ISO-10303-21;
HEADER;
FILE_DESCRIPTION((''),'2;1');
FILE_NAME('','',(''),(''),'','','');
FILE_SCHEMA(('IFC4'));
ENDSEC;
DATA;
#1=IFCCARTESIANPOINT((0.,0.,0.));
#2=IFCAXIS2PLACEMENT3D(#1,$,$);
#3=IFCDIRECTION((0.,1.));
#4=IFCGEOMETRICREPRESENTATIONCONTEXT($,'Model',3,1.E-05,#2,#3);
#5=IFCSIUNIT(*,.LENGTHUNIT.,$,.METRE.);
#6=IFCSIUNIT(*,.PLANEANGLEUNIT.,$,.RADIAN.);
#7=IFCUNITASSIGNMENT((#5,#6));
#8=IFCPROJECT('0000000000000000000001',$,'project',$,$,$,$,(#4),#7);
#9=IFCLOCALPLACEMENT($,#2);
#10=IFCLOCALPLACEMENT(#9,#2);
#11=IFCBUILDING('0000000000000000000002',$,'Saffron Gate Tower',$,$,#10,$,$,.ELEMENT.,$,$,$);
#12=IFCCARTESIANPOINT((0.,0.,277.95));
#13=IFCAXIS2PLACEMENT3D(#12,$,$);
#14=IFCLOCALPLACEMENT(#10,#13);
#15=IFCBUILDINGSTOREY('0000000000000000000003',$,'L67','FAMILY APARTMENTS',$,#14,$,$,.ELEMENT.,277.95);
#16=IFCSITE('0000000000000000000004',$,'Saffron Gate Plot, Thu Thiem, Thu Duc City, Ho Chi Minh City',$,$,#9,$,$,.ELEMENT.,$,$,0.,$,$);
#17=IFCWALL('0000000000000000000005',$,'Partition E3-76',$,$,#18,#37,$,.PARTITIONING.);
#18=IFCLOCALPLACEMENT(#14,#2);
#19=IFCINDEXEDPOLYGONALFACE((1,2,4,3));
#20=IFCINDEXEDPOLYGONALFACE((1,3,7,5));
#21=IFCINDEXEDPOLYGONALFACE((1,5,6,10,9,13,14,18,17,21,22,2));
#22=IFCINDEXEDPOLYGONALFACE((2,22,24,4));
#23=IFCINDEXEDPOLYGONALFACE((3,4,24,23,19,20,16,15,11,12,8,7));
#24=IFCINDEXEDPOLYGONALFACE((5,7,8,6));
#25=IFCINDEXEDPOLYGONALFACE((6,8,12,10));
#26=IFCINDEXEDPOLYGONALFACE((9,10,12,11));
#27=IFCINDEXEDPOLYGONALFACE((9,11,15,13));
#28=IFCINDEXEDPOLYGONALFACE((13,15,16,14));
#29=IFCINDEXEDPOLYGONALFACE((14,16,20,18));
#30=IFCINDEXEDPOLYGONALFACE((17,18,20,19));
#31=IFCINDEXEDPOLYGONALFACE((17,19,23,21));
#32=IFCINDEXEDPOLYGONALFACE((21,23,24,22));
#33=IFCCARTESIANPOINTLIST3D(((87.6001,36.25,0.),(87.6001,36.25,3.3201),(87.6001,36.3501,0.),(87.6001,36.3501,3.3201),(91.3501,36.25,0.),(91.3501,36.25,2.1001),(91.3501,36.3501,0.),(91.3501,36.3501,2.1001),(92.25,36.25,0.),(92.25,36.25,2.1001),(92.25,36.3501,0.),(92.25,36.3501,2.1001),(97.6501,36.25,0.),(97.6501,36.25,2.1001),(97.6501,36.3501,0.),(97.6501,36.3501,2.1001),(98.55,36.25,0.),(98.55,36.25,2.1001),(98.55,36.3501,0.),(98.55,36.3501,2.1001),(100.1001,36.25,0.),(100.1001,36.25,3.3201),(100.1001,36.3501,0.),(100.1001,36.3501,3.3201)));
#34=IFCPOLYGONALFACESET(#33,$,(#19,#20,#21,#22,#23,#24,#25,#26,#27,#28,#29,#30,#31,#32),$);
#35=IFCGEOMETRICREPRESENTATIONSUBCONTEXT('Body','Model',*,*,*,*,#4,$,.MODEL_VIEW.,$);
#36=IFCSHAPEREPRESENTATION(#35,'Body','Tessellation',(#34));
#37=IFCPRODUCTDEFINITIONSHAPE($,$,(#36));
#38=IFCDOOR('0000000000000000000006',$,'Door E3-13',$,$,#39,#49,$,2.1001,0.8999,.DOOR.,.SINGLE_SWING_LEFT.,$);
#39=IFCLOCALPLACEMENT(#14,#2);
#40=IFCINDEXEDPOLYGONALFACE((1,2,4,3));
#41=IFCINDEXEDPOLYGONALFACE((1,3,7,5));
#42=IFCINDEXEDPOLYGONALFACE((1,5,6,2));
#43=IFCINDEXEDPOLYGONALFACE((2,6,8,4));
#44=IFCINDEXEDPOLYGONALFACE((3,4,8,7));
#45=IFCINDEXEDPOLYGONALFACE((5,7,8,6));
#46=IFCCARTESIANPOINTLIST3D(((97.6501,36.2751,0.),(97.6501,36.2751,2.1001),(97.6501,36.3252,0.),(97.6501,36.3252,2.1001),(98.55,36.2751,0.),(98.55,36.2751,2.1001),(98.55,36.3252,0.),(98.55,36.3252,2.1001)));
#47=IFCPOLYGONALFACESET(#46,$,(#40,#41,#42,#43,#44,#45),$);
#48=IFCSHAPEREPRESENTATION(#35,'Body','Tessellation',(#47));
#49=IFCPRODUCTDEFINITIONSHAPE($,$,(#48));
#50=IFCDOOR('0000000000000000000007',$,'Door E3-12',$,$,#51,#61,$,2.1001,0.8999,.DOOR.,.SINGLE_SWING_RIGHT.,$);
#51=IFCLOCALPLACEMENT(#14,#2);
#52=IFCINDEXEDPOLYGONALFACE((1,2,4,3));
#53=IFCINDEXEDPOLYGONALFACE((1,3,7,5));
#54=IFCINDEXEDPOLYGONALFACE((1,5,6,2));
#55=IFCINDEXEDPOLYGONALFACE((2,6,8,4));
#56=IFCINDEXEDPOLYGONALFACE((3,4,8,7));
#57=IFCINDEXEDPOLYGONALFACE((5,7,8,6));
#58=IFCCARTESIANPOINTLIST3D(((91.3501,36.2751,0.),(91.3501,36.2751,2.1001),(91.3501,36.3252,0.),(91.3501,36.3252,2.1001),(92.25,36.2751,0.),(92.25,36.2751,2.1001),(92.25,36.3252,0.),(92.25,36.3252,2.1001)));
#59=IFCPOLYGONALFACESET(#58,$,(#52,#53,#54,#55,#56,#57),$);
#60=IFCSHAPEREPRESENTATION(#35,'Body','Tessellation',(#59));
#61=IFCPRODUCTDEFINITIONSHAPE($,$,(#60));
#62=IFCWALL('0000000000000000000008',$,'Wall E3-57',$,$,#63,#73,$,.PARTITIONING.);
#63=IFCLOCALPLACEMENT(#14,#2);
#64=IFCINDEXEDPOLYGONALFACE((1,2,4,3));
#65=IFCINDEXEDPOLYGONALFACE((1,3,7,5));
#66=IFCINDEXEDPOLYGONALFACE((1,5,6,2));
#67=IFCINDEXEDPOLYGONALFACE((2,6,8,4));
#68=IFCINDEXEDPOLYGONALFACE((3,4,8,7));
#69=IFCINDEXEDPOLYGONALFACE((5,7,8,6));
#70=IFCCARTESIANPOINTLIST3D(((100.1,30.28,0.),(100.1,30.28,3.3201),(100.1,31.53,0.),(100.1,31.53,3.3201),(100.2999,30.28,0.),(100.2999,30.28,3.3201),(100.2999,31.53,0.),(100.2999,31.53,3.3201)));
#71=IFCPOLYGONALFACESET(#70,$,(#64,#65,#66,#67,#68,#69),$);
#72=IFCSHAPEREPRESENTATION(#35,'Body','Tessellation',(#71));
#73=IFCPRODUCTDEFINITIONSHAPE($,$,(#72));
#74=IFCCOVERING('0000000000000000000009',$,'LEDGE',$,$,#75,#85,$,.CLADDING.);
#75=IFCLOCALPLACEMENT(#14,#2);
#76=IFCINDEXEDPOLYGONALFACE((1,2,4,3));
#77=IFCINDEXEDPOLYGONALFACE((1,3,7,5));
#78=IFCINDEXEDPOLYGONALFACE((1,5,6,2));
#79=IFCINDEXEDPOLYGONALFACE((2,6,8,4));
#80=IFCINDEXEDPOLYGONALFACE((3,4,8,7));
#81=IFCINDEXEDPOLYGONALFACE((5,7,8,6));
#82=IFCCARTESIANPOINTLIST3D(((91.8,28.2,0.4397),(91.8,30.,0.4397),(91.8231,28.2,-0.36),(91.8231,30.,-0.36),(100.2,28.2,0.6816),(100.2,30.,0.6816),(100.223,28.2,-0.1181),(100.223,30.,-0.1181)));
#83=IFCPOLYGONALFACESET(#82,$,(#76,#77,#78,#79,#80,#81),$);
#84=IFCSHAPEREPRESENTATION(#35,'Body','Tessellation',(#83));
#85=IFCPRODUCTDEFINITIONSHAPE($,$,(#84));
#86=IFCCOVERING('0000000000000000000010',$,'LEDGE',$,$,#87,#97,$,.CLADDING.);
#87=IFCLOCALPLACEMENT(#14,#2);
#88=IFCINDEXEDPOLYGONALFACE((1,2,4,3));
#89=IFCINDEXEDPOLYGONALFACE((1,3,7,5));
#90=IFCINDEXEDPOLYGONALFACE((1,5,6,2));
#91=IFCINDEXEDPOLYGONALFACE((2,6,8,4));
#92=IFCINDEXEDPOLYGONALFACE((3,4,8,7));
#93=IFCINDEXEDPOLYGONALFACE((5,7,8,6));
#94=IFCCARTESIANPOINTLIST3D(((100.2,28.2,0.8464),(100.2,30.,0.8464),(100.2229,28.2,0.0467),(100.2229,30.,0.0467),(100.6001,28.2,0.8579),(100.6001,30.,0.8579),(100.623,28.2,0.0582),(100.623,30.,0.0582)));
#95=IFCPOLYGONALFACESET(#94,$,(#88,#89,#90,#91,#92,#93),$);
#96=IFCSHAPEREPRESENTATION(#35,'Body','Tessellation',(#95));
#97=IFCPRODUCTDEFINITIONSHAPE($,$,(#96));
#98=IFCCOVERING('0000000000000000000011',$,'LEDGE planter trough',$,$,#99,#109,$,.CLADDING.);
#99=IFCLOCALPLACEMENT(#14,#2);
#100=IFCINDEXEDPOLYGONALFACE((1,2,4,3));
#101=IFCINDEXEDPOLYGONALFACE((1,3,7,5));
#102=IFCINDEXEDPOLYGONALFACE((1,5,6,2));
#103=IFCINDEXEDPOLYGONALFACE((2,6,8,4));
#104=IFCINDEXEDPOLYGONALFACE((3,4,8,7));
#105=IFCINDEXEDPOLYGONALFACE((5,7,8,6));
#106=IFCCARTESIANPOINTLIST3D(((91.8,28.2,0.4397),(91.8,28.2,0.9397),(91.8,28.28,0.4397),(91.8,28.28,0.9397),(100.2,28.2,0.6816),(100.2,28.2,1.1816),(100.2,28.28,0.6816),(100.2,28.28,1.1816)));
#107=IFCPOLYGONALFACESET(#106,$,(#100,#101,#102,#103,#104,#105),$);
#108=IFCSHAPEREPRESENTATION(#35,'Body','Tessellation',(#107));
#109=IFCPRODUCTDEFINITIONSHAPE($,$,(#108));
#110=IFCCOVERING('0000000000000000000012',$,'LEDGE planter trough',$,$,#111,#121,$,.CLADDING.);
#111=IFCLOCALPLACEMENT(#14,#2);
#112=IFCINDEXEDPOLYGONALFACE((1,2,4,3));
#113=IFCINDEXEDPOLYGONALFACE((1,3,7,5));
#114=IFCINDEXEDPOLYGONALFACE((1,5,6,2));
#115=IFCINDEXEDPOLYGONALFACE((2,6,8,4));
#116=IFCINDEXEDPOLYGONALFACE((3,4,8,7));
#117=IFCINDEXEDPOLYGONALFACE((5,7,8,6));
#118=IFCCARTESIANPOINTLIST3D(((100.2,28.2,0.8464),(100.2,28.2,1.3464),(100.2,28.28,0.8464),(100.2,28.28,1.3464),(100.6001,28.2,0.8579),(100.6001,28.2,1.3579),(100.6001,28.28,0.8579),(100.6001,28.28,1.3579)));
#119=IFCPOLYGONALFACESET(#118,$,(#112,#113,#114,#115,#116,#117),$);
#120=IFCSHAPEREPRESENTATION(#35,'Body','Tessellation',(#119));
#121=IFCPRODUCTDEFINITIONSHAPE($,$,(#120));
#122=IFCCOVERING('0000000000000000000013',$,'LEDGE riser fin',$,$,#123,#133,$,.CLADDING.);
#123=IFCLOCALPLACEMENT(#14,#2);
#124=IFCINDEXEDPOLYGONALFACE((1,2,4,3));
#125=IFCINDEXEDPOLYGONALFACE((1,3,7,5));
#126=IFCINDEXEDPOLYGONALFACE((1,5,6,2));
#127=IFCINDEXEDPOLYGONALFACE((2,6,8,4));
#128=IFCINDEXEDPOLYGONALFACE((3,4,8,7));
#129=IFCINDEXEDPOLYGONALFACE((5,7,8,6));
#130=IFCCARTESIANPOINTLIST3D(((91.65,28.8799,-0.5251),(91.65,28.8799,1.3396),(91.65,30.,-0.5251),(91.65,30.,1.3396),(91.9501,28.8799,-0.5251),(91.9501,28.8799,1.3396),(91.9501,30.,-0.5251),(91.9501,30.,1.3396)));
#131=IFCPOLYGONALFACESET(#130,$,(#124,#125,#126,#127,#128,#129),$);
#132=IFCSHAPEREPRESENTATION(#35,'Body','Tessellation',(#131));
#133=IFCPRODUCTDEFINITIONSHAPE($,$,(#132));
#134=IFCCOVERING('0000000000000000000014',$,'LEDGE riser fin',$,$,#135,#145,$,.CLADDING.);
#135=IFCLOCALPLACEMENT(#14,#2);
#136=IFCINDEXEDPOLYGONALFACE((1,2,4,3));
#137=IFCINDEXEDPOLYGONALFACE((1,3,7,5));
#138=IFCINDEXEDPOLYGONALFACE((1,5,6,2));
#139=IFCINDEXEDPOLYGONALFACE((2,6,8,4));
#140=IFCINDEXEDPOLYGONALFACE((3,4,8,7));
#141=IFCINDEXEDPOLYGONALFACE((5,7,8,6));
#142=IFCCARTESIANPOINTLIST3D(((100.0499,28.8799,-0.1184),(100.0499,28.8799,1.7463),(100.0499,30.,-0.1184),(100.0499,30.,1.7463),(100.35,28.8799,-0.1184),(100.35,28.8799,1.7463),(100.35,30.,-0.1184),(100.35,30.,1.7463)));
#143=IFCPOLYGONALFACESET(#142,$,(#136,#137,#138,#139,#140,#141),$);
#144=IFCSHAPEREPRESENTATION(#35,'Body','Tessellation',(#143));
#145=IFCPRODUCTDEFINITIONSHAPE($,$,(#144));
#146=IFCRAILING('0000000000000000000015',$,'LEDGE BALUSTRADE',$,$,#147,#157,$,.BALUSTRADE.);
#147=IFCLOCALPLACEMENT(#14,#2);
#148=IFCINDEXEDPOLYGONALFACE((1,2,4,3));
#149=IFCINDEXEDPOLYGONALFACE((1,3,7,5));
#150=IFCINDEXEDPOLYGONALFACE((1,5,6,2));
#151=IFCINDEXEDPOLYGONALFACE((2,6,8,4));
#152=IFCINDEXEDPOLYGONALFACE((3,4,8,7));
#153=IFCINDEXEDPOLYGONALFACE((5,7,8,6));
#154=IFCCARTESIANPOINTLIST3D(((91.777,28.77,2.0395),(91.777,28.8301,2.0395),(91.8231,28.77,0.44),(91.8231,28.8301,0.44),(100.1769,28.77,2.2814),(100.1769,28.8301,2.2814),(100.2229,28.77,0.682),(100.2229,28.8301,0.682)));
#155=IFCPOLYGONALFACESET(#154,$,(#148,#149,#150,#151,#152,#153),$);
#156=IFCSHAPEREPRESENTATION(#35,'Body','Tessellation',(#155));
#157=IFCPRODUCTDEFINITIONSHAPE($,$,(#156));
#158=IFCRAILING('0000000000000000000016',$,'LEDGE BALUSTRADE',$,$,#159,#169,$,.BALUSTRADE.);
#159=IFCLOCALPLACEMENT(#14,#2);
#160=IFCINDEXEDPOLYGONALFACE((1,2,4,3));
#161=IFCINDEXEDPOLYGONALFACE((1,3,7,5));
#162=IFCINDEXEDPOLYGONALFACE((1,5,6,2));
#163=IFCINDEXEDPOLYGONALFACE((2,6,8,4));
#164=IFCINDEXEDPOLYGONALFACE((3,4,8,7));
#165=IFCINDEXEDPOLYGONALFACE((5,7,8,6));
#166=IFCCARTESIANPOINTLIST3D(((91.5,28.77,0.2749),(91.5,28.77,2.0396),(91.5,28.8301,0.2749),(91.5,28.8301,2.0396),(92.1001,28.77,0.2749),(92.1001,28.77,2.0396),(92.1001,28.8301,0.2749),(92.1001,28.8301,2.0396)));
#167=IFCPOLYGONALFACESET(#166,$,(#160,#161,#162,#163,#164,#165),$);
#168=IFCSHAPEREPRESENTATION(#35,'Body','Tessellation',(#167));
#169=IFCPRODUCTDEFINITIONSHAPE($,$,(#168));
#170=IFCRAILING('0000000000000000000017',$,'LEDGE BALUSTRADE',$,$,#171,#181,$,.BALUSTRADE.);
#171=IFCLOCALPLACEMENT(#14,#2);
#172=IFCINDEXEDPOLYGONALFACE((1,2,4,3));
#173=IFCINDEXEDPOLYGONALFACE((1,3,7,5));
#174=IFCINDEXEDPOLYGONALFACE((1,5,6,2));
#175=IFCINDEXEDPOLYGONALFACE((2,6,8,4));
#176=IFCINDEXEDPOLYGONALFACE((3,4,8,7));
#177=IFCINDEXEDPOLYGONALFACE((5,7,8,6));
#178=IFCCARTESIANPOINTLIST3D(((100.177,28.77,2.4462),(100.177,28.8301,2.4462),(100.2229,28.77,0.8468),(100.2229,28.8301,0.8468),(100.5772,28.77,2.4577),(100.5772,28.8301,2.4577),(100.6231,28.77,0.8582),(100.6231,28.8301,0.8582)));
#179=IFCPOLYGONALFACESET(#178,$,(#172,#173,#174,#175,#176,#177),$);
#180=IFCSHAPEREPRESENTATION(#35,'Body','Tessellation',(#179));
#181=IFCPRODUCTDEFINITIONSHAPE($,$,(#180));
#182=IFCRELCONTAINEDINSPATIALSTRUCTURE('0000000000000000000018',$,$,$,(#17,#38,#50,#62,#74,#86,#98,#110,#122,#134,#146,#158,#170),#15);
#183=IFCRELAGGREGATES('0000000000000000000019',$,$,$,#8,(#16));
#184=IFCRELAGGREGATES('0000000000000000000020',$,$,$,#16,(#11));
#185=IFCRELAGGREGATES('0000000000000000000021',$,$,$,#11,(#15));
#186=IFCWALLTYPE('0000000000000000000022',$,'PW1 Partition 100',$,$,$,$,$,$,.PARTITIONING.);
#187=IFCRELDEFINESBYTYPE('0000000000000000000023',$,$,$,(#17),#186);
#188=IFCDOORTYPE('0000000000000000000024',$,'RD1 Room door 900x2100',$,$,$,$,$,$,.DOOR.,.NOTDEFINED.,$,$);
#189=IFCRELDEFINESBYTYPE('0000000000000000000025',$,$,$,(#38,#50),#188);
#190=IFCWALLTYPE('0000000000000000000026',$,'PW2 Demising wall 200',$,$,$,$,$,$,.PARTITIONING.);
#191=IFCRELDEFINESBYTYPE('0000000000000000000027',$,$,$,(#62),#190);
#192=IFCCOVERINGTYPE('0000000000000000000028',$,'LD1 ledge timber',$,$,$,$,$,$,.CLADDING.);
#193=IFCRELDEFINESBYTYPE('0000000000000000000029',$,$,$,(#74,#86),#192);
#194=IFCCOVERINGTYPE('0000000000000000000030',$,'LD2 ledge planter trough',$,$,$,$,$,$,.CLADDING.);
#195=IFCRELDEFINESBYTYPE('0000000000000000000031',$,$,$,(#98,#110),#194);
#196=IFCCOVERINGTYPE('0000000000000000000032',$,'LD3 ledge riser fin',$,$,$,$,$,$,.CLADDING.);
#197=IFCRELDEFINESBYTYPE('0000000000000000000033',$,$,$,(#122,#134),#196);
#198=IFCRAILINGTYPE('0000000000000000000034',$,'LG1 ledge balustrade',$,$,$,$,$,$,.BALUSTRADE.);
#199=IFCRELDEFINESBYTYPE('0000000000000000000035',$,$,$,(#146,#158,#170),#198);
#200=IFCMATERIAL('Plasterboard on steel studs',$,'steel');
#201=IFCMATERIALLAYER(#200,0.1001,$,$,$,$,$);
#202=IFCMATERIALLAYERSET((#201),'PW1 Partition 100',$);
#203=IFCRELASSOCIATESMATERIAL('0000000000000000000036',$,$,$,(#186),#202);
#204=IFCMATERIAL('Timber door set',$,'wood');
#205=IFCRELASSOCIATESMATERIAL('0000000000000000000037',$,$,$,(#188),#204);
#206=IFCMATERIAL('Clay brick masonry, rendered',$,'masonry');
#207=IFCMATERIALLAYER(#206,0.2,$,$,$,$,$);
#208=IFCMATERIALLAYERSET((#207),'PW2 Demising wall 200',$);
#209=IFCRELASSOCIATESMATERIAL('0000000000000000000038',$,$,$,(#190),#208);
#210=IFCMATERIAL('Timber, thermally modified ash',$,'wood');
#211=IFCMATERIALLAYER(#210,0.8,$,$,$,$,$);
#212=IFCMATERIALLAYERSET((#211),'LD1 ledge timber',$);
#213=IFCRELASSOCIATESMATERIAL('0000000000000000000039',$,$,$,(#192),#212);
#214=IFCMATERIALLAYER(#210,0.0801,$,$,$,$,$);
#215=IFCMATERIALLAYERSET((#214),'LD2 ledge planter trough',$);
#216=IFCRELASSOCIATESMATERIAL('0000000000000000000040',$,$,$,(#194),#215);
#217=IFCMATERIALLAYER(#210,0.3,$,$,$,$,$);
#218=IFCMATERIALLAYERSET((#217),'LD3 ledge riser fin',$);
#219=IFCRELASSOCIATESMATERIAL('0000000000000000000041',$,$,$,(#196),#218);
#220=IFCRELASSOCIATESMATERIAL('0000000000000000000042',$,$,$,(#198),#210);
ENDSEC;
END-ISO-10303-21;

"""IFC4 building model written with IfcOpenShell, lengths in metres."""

from ifc_helpers import new_model, si_unit, direction, frame, frame_2d, origin, origin_2d, place, context, subcontext, project, spatial, polyline, rectangle, outline, extrude, material, layer, layer_set, type_object, element, fill, save


model = new_model("IFC4")

# Units and contexts
model_context = context("Model", 3, precision=1e-05, world=origin(), true_north=direction((0.0, 1.0)))
body_context = subcontext(model_context, "Body", "Model", "MODEL_VIEW")
ifc_project = project(units=[si_unit("LENGTHUNIT", "METRE"), si_unit("PLANEANGLEUNIT", "RADIAN")], contexts=[model_context])

# Site, building, storey
site_placement = place(None, origin())
site = spatial("IfcSite", under=ifc_project, at=site_placement, Name="Saffron Gate Plot, Thu Thiem, Thu Duc City, Ho Chi Minh City", CompositionType="ELEMENT", RefElevation=0.0)
building_placement = place(site_placement, origin())
building = spatial("IfcBuilding", under=site, at=building_placement, Name="Saffron Gate Tower", CompositionType="ELEMENT")
storey_placement = place(building_placement, frame((0.0, 0.0, 277.95)))
storey = spatial("IfcBuildingStorey", under=building, at=storey_placement, Name="L67", Description="FAMILY APARTMENTS", CompositionType="ELEMENT", Elevation=277.95)

# Shared definitions
ifc_material_1 = material(Name="Plasterboard on steel studs", Category="steel")
ifc_layer_1 = layer(ifc_material_1, 0.1001)
ifc_layer_set_1 = layer_set([ifc_layer_1], Name="PW1 Partition 100")
wall_type_1 = type_object("IfcWallType", Name="PW1 Partition 100", PredefinedType="PARTITIONING", material=ifc_layer_set_1)
ifc_material_2 = material(Name="Timber door set", Category="wood")
door_type = type_object("IfcDoorType", Name="RD1 Room door 900x2100", OperationType="NOTDEFINED", PredefinedType="DOOR", material=ifc_material_2)

# Wall, openings, doors
wall_1_placement = place(storey_placement, frame((100.1001, 36.3, 0.0), z_axis=(0.0, 0.0, 1.0), x_axis=(-1.0, 0.0, 0.0)))
wall_1 = element("IfcWall", 1, at=wall_1_placement, inside=storey, type_object=wall_type_1, Name="Partition E3-76", PredefinedType="PARTITIONING", context=body_context, shape_type="SweptSolid", body=[
    extrude(rectangle(XDim=12.5, YDim=0.1001, at=frame_2d((6.25, 0.0))), origin(), (0.0, 0.0, 1.0), 3.3201),
])
opening_1_placement = place(wall_1_placement, frame((1.55, 0.0, 0.0)))
opening_1 = element("IfcOpeningElement", 2, at=opening_1_placement, cuts=wall_1, PredefinedType="OPENING", context=body_context, shape_type="SweptSolid", body=[
    extrude(rectangle(XDim=0.8999, YDim=2.1001, at=frame_2d((0.45, 1.05))), frame((0.0, 0.0601, 0.0), z_axis=(0.0, -1.0, 0.0), x_axis=(1.0, 0.0, 0.0)), (0.0, 0.0, 1.0), 0.1201),
])
opening_2_placement = place(wall_1_placement, frame((7.8501, 0.0, 0.0)))
opening_2 = element("IfcOpeningElement", 3, at=opening_2_placement, cuts=wall_1, PredefinedType="OPENING", context=body_context, shape_type="SweptSolid", body=[
    extrude(rectangle(XDim=0.8999, YDim=2.1001, at=frame_2d((0.45, 1.05))), frame((0.0, 0.0601, 0.0), z_axis=(0.0, -1.0, 0.0), x_axis=(1.0, 0.0, 0.0)), (0.0, 0.0, 1.0), 0.1201),
])
door_1_placement = place(opening_1_placement, origin())
door_1 = element("IfcDoor", 4, at=door_1_placement, inside=storey, type_object=door_type, Name="Door E3-13", OperationType="SINGLE_SWING_LEFT", OverallHeight=2.1001, OverallWidth=0.8999, PredefinedType="DOOR", context=body_context, shape_type="SweptSolid", body=[
    extrude(rectangle(XDim=0.8999, YDim=2.1001, at=frame_2d((0.45, 1.05))), frame((0.0, 0.0249, 0.0), z_axis=(0.0, -1.0, 0.0), x_axis=(1.0, 0.0, 0.0)), (0.0, 0.0, 1.0), 0.05),
])
fill(opening_1, door_1)
door_2_placement = place(opening_2_placement, origin())
door_2 = element("IfcDoor", 5, at=door_2_placement, inside=storey, type_object=door_type, Name="Door E3-12", OperationType="SINGLE_SWING_RIGHT", OverallHeight=2.1001, OverallWidth=0.8999, PredefinedType="DOOR", context=body_context, shape_type="SweptSolid", body=[
    extrude(rectangle(XDim=0.8999, YDim=2.1001, at=frame_2d((0.45, 1.05))), frame((0.0, 0.0249, 0.0), z_axis=(0.0, -1.0, 0.0), x_axis=(1.0, 0.0, 0.0)), (0.0, 0.0, 1.0), 0.05),
])
fill(opening_2, door_2)

# Wall
ifc_material_3 = material(Name="Clay brick masonry, rendered", Category="masonry")
ifc_layer_2 = layer(ifc_material_3, 0.2)
ifc_layer_set_2 = layer_set([ifc_layer_2], Name="PW2 Demising wall 200")
wall_type_2 = type_object("IfcWallType", Name="PW2 Demising wall 200", PredefinedType="PARTITIONING", material=ifc_layer_set_2)
wall_2_placement = place(storey_placement, frame((100.2, 31.53, 0.0), z_axis=(0.0, 0.0, 1.0), x_axis=(0.0, -1.0, 0.0)))
element("IfcWall", 6, at=wall_2_placement, inside=storey, type_object=wall_type_2, Name="Wall E3-57", PredefinedType="PARTITIONING", context=body_context, shape_type="SweptSolid", body=[
    extrude(rectangle(XDim=1.25, YDim=0.2, at=frame_2d((0.625, 0.0))), origin(), (0.0, 0.0, 1.0), 3.3201),
])

# Coverings
ifc_material_4 = material(Name="Timber, thermally modified ash", Category="wood")
ifc_layer_3 = layer(ifc_material_4, 0.8)
ifc_layer_set_3 = layer_set([ifc_layer_3], Name="LD1 ledge timber")
covering_type_1 = type_object("IfcCoveringType", Name="LD1 ledge timber", PredefinedType="CLADDING", material=ifc_layer_set_3)
covering_1_placement = place(storey_placement, frame((91.8, 30.0, 0.4397), z_axis=(-0.028791, 0.0, 0.999585), x_axis=(0.999585, 0.0, 0.028791)))
element("IfcCovering", 7, at=covering_1_placement, inside=storey, type_object=covering_type_1, Name="LEDGE", PredefinedType="CLADDING", context=body_context, shape_type="SweptSolid", body=[
    extrude(outline(polyline([(0.0, 0.0), (8.4034, 0.0), (8.4034, -1.8), (0.0, -1.8), (0.0, 0.0)])), origin(), (0.0, 0.0, -1.0), 0.8),
])
covering_2_placement = place(storey_placement, frame((100.2, 30.0, 0.8464), z_axis=(-0.028664, 0.0, 0.999589), x_axis=(0.999589, 0.0, 0.028664)))
element("IfcCovering", 8, at=covering_2_placement, inside=storey, type_object=covering_type_1, Name="LEDGE", PredefinedType="CLADDING", context=body_context, shape_type="SweptSolid", body=[
    extrude(outline(polyline([(0.0, 0.0), (0.4003, 0.0), (0.4003, -1.8), (0.0, -1.8), (0.0, 0.0)])), origin(), (0.0, 0.0, -1.0), 0.8),
])
ifc_layer_4 = layer(ifc_material_4, 0.0801)
ifc_layer_set_4 = layer_set([ifc_layer_4], Name="LD2 ledge planter trough")
covering_type_2 = type_object("IfcCoveringType", Name="LD2 ledge planter trough", PredefinedType="CLADDING", material=ifc_layer_set_4)
covering_3_placement = place(storey_placement, frame((91.8, 28.2, 0.4397), z_axis=(0.0, -1.0, 0.0), x_axis=(0.999585, 0.0, 0.028791)))
element("IfcCovering", 9, at=covering_3_placement, inside=storey, type_object=covering_type_2, Name="LEDGE planter trough", PredefinedType="CLADDING", context=body_context, shape_type="SweptSolid", body=[
    extrude(outline(polyline([(0.0, 0.0), (8.4034, 0.0), (8.4178, 0.4998), (0.0144, 0.4998), (0.0, 0.0)])), origin(), (0.0, 0.0, -1.0), 0.0801),
])
covering_4_placement = place(storey_placement, frame((100.2, 28.2, 0.8464), z_axis=(0.0, -1.0, 0.0), x_axis=(0.999589, 0.0, 0.028664)))
element("IfcCovering", 10, at=covering_4_placement, inside=storey, type_object=covering_type_2, Name="LEDGE planter trough", PredefinedType="CLADDING", context=body_context, shape_type="SweptSolid", body=[
    extrude(outline(polyline([(0.0, 0.0), (0.4003, 0.0), (0.4146, 0.4998), (0.0143, 0.4998), (0.0, 0.0)])), origin(), (0.0, 0.0, -1.0), 0.0801),
])
ifc_layer_5 = layer(ifc_material_4, 0.3)
ifc_layer_set_5 = layer_set([ifc_layer_5], Name="LD3 ledge riser fin")
covering_type_3 = type_object("IfcCoveringType", Name="LD3 ledge riser fin", PredefinedType="CLADDING", material=ifc_layer_set_5)
for number, where, z_axis, x_axis, name in (
    (11, (91.8, 29.4399, -0.5251), (0.0, 0.0, 1.0), (1.0, 0.0, 0.0), "LEDGE riser fin"),
    (12, (100.2, 29.4399, -0.1184), (0.0, 0.0, 1.0), (1.0, 0.0, 0.0), "LEDGE riser fin"),
):
    element("IfcCovering", number, at=place(storey_placement, frame(where, z_axis=z_axis, x_axis=x_axis)), inside=storey, type_object=covering_type_3, Name=name, PredefinedType="CLADDING", context=body_context, shape_type="SweptSolid", body=[
        extrude(rectangle(XDim=0.3, YDim=1.1201, at=origin_2d()), origin(), (0.0, 0.0, 1.0), 1.8647),
    ])

# Railings
railing_type_1 = type_object("IfcRailingType", Name="LG1 ledge balustrade", PredefinedType="BALUSTRADE", material=ifc_material_4)
railing_1_placement = place(storey_placement, frame((91.8, 28.8, 0.4397)))
element("IfcRailing", 13, at=railing_1_placement, inside=storey, type_object=railing_type_1, Name="LEDGE BALUSTRADE", PredefinedType="BALUSTRADE", context=body_context, shape_type="SweptSolid", body=[
    extrude(rectangle(XDim=0.0601, YDim=1.6001, at=origin_2d()), frame((0.0, 0.0, 0.8), z_axis=(0.999585, 0.0, 0.028791), x_axis=(0.0, 1.0, 0.0)), (0.0, 0.0, 1.0), 8.4033),
])
railing_2_placement = place(storey_placement, frame((91.5, 28.8, 0.2749)))
element("IfcRailing", 14, at=railing_2_placement, inside=storey, type_object=railing_type_1, Name="LEDGE BALUSTRADE", PredefinedType="BALUSTRADE", context=body_context, shape_type="SweptSolid", body=[
    extrude(rectangle(XDim=0.0601, YDim=1.7646, at=origin_2d()), frame((0.0, 0.0, 0.8823), z_axis=(1.0, 0.0, 0.0), x_axis=(0.0, 1.0, 0.0)), (0.0, 0.0, 1.0), 0.6001),
])
railing_3_placement = place(storey_placement, frame((100.2, 28.8, 0.8464)))
element("IfcRailing", 15, at=railing_3_placement, inside=storey, type_object=railing_type_1, Name="LEDGE BALUSTRADE", PredefinedType="BALUSTRADE", context=body_context, shape_type="SweptSolid", body=[
    extrude(rectangle(XDim=0.0601, YDim=1.6001, at=origin_2d()), frame((0.0, 0.0, 0.8), z_axis=(0.999589, 0.0, 0.028664), x_axis=(0.0, 1.0, 0.0)), (0.0, 0.0, 1.0), 0.4004),
])

save(model, "model.ifc")
